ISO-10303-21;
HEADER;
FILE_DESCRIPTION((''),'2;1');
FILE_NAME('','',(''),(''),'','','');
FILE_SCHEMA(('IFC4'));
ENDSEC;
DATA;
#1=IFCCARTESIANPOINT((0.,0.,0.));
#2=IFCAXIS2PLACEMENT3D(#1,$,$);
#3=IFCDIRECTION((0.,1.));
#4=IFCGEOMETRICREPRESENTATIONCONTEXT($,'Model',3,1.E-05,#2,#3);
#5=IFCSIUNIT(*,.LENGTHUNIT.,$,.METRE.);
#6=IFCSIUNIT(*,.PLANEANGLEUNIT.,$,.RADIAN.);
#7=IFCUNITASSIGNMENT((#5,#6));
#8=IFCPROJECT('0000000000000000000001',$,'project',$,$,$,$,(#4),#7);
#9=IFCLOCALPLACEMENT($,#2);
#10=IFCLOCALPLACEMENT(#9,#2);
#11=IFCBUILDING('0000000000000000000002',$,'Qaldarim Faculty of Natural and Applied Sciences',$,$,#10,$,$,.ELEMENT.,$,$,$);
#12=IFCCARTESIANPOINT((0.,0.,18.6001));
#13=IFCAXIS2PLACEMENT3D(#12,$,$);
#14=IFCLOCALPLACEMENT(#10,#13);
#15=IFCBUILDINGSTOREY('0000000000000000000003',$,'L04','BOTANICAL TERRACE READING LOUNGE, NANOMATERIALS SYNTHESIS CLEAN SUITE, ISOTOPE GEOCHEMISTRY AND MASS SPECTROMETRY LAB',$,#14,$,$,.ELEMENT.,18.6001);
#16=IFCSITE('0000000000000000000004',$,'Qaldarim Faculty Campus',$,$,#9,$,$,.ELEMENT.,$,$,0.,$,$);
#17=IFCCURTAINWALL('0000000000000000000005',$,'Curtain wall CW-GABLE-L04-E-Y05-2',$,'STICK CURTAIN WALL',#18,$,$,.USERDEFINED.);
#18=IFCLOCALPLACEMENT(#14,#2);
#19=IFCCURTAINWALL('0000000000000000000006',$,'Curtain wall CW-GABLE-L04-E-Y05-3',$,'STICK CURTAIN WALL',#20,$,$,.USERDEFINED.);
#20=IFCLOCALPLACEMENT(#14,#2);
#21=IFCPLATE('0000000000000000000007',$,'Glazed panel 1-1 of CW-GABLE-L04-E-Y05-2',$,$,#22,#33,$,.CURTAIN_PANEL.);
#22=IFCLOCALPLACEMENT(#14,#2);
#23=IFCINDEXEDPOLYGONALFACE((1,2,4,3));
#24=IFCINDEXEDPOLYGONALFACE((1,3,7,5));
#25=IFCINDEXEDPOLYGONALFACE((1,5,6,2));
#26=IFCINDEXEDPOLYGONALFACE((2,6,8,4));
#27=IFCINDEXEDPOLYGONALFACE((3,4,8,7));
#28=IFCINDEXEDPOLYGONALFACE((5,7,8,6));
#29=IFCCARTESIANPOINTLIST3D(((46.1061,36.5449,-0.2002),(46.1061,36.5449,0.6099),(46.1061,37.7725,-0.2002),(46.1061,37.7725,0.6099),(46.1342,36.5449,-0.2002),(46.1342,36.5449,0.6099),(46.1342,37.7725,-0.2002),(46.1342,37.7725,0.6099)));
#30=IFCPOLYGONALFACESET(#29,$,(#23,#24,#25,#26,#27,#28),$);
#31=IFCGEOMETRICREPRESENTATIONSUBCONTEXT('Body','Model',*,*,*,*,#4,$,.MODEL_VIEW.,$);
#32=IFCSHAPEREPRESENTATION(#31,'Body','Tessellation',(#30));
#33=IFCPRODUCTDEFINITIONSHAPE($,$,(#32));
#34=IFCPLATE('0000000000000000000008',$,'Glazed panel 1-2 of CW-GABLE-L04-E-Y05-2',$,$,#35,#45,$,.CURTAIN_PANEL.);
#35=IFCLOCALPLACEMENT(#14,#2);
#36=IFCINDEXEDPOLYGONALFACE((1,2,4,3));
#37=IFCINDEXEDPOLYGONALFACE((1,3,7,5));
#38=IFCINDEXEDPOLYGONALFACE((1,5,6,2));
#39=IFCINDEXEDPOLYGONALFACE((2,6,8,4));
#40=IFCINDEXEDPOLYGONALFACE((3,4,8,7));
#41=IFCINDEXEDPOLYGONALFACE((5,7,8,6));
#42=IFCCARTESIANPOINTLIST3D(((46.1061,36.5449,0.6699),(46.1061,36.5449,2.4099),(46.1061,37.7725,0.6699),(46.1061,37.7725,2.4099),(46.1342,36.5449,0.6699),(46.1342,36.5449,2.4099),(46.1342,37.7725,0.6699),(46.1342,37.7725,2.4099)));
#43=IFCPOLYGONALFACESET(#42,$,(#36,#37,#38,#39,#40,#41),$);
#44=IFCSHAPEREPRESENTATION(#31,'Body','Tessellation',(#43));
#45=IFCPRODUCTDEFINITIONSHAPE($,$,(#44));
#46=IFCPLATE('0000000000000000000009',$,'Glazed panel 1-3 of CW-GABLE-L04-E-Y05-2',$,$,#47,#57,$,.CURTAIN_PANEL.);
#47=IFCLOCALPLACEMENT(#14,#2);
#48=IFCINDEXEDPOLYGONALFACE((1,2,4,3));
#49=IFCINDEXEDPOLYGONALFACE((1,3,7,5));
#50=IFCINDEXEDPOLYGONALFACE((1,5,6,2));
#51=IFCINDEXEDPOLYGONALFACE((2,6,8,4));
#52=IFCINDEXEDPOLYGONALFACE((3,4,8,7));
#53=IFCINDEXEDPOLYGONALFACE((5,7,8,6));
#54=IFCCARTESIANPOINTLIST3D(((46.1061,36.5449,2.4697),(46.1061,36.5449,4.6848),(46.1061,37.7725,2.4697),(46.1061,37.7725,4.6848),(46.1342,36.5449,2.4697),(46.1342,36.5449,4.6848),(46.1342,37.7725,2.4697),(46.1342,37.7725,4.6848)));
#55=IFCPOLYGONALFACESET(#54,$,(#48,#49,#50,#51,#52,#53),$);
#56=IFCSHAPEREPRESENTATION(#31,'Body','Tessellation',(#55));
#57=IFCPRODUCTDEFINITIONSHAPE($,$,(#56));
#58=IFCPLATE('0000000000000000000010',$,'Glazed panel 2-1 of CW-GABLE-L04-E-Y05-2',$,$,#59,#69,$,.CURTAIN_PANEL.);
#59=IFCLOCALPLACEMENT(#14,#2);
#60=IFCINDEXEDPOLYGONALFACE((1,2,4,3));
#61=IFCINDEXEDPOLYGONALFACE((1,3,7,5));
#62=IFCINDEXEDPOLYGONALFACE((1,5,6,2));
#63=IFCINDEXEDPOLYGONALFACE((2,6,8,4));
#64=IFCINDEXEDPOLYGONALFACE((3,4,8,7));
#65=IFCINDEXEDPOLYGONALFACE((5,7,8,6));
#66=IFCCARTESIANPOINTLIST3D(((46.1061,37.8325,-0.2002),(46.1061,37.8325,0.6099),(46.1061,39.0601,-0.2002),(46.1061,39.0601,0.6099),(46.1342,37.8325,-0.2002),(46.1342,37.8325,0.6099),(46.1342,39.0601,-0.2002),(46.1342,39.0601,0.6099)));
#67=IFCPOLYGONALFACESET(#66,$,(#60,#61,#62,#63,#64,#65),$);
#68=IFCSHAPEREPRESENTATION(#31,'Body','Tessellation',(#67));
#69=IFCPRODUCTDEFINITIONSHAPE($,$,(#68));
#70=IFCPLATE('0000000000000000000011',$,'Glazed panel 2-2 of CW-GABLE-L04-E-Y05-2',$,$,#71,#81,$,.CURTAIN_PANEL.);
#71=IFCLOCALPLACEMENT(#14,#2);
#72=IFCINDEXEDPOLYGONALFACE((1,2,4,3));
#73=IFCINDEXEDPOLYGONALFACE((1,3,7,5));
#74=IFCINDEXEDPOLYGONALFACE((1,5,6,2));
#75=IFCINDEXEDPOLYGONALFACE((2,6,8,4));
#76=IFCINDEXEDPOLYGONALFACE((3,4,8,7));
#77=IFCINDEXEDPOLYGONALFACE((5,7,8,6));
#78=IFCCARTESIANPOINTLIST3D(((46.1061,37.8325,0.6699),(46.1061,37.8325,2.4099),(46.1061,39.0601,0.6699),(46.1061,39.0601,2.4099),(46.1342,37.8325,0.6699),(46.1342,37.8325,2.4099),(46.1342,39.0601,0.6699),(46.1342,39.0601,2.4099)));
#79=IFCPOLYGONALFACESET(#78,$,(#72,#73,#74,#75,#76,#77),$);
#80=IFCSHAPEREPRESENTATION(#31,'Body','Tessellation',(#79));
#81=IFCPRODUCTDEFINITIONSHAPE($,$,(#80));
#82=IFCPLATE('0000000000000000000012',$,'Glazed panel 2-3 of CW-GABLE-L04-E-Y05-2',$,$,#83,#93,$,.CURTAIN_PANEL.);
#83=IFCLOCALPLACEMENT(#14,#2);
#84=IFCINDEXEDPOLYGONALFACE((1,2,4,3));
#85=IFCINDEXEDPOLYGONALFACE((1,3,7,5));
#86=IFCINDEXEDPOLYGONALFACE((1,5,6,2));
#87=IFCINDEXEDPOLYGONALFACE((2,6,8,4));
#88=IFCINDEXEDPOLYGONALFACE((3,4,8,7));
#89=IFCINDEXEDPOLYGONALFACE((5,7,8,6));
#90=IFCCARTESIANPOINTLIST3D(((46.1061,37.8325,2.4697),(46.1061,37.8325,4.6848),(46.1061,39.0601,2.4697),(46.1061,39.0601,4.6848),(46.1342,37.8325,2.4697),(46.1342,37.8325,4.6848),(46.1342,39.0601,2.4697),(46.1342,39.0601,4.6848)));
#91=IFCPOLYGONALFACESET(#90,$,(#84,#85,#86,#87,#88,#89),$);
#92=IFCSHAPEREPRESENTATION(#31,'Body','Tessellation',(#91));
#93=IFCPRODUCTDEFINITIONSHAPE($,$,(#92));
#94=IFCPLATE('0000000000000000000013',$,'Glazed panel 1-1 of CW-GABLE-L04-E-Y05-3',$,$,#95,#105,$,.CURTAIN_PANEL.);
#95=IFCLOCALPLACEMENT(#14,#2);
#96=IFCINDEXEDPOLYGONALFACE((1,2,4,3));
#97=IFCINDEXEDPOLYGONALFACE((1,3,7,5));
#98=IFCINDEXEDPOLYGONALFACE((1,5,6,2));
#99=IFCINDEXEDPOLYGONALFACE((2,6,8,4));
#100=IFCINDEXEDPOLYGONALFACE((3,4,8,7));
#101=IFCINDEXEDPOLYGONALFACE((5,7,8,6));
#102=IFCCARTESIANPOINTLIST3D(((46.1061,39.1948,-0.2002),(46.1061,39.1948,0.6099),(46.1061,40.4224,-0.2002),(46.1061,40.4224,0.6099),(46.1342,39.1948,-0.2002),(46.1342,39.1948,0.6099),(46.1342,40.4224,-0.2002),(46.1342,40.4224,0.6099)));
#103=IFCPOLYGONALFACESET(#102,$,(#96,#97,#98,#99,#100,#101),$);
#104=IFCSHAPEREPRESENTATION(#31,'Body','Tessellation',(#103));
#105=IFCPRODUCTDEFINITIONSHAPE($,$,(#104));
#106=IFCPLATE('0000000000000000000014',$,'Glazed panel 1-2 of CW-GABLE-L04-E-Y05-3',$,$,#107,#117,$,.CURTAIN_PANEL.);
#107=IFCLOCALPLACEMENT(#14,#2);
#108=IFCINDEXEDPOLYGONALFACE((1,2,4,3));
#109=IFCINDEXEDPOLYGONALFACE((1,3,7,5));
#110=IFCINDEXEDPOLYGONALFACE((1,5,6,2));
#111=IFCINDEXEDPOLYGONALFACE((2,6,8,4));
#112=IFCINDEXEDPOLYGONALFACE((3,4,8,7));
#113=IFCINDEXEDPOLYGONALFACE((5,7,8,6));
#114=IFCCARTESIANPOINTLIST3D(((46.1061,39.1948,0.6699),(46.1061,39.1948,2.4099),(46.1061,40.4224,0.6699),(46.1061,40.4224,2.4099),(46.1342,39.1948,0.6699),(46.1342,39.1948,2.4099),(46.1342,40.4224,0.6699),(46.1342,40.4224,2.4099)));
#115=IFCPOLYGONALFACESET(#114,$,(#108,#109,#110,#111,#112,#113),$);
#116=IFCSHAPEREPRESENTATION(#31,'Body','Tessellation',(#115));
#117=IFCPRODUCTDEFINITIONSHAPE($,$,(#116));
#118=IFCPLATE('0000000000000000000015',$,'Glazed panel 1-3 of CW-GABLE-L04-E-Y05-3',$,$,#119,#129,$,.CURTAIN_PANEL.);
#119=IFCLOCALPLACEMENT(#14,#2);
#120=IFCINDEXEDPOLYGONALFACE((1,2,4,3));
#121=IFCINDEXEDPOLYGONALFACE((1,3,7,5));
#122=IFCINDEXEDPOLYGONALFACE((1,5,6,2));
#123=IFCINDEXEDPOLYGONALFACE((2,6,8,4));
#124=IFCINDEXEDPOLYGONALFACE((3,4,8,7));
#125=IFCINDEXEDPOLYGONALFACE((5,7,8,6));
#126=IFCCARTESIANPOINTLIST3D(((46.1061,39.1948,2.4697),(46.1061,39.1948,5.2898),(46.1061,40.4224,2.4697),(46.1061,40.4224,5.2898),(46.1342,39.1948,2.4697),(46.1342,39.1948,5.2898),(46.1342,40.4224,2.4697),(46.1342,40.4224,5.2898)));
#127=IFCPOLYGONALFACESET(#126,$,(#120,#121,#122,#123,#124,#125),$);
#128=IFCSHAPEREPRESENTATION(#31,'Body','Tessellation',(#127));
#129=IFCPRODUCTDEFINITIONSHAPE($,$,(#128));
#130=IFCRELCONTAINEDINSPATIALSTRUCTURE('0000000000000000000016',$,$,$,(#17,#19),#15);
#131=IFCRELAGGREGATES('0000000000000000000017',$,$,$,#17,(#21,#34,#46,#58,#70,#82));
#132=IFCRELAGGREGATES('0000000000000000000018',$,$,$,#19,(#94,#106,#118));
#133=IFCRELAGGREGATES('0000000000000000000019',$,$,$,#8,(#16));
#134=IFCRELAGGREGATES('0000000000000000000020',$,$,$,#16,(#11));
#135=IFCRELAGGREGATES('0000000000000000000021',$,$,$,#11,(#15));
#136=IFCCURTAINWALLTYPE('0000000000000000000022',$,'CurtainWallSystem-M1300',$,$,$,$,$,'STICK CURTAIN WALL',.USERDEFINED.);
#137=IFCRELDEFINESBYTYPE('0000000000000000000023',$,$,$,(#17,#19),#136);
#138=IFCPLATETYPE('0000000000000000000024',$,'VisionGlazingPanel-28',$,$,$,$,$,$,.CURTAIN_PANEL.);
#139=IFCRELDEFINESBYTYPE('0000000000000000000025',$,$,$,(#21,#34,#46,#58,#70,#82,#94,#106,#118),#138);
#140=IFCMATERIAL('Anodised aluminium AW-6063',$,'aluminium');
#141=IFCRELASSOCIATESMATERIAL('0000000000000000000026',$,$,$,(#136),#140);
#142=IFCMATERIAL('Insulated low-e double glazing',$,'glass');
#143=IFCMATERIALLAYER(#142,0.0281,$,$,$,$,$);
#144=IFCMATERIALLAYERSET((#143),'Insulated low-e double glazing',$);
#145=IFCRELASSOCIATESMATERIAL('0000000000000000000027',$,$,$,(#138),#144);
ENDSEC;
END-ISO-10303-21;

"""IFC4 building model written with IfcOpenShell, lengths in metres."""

from ifc_helpers import new_model, si_unit, direction, frame, origin, origin_2d, place, context, subcontext, project, spatial, rectangle, extrude, material, layer, layer_set, type_object, element, aggregate, save


model = new_model("IFC4")

# Units and contexts
model_context = context("Model", 3, precision=1e-05, world=origin(), true_north=direction((0.0, 1.0)))
body_context = subcontext(model_context, "Body", "Model", "MODEL_VIEW")
ifc_project = project(units=[si_unit("LENGTHUNIT", "METRE"), si_unit("PLANEANGLEUNIT", "RADIAN")], contexts=[model_context])

# Site, building, storey
site_placement = place(None, origin())
site = spatial("IfcSite", under=ifc_project, at=site_placement, Name="Qaldarim Faculty Campus", CompositionType="ELEMENT", RefElevation=0.0)
building_placement = place(site_placement, origin())
building = spatial("IfcBuilding", under=site, at=building_placement, Name="Qaldarim Faculty of Natural and Applied Sciences", CompositionType="ELEMENT")
storey_placement = place(building_placement, frame((0.0, 0.0, 18.6001)))
storey = spatial("IfcBuildingStorey", under=building, at=storey_placement, Name="L04", Description="BOTANICAL TERRACE READING LOUNGE, NANOMATERIALS SYNTHESIS CLEAN SUITE, ISOTOPE GEOCHEMISTRY AND MASS SPECTROMETRY LAB", CompositionType="ELEMENT", Elevation=18.6001)

# Curtain walls
ifc_material_1 = material(Name="Anodised aluminium AW-6063", Category="aluminium")
curtain_wall_type = type_object("IfcCurtainWallType", Name="CurtainWallSystem-M1300", ElementType="STICK CURTAIN WALL", PredefinedType="USERDEFINED", material=ifc_material_1)
curtain_wall_1_placement = place(storey_placement, origin())
curtain_wall_1 = element("IfcCurtainWall", 1, at=curtain_wall_1_placement, inside=storey, type_object=curtain_wall_type, Name="Curtain wall CW-GABLE-L04-E-Y05-2", ObjectType="STICK CURTAIN WALL", PredefinedType="USERDEFINED")
curtain_wall_2_placement = place(storey_placement, origin())
curtain_wall_2 = element("IfcCurtainWall", 2, at=curtain_wall_2_placement, inside=storey, type_object=curtain_wall_type, Name="Curtain wall CW-GABLE-L04-E-Y05-3", ObjectType="STICK CURTAIN WALL", PredefinedType="USERDEFINED")

# Plates
ifc_material_2 = material(Name="Insulated low-e double glazing", Category="glass")
ifc_layer = layer(ifc_material_2, 0.0281)
ifc_layer_set = layer_set([ifc_layer], Name="Insulated low-e double glazing")
plate_type = type_object("IfcPlateType", Name="VisionGlazingPanel-28", PredefinedType="CURTAIN_PANEL", material=ifc_layer_set)
plate_1_placement = place(storey_placement, frame((46.1201, 37.1587, -0.2002), z_axis=(0.0, 0.0, 1.0), x_axis=(0.0, 1.0, 0.0)))
plate_1 = element("IfcPlate", 3, at=plate_1_placement, type_object=plate_type, Name="Glazed panel 1-1 of CW-GABLE-L04-E-Y05-2", PredefinedType="CURTAIN_PANEL", context=body_context, shape_type="SweptSolid", body=[
    extrude(rectangle(XDim=1.2275, YDim=0.0281, at=origin_2d()), origin(), (0.0, 0.0, 1.0), 0.8101),
])
plate_2_placement = place(storey_placement, frame((46.1201, 37.1587, 0.6699), z_axis=(0.0, 0.0, 1.0), x_axis=(0.0, 1.0, 0.0)))
plate_2 = element("IfcPlate", 4, at=plate_2_placement, type_object=plate_type, Name="Glazed panel 1-2 of CW-GABLE-L04-E-Y05-2", PredefinedType="CURTAIN_PANEL", context=body_context, shape_type="SweptSolid", body=[
    extrude(rectangle(XDim=1.2275, YDim=0.0281, at=origin_2d()), origin(), (0.0, 0.0, 1.0), 1.74),
])
plate_3_placement = place(storey_placement, frame((46.1201, 37.1587, 2.4697), z_axis=(0.0, 0.0, 1.0), x_axis=(0.0, 1.0, 0.0)))
plate_3 = element("IfcPlate", 5, at=plate_3_placement, type_object=plate_type, Name="Glazed panel 1-3 of CW-GABLE-L04-E-Y05-2", PredefinedType="CURTAIN_PANEL", context=body_context, shape_type="SweptSolid", body=[
    extrude(rectangle(XDim=1.2275, YDim=0.0281, at=origin_2d()), origin(), (0.0, 0.0, 1.0), 2.2151),
])
plate_4_placement = place(storey_placement, frame((46.1201, 38.4463, -0.2002), z_axis=(0.0, 0.0, 1.0), x_axis=(0.0, 1.0, 0.0)))
plate_4 = element("IfcPlate", 6, at=plate_4_placement, type_object=plate_type, Name="Glazed panel 2-1 of CW-GABLE-L04-E-Y05-2", PredefinedType="CURTAIN_PANEL", context=body_context, shape_type="SweptSolid", body=[
    extrude(rectangle(XDim=1.2275, YDim=0.0281, at=origin_2d()), origin(), (0.0, 0.0, 1.0), 0.8101),
])
plate_5_placement = place(storey_placement, frame((46.1201, 38.4463, 0.6699), z_axis=(0.0, 0.0, 1.0), x_axis=(0.0, 1.0, 0.0)))
plate_5 = element("IfcPlate", 7, at=plate_5_placement, type_object=plate_type, Name="Glazed panel 2-2 of CW-GABLE-L04-E-Y05-2", PredefinedType="CURTAIN_PANEL", context=body_context, shape_type="SweptSolid", body=[
    extrude(rectangle(XDim=1.2275, YDim=0.0281, at=origin_2d()), origin(), (0.0, 0.0, 1.0), 1.74),
])
plate_6_placement = place(storey_placement, frame((46.1201, 38.4463, 2.4697), z_axis=(0.0, 0.0, 1.0), x_axis=(0.0, 1.0, 0.0)))
plate_6 = element("IfcPlate", 8, at=plate_6_placement, type_object=plate_type, Name="Glazed panel 2-3 of CW-GABLE-L04-E-Y05-2", PredefinedType="CURTAIN_PANEL", context=body_context, shape_type="SweptSolid", body=[
    extrude(rectangle(XDim=1.2275, YDim=0.0281, at=origin_2d()), origin(), (0.0, 0.0, 1.0), 2.2151),
])
aggregate(curtain_wall_1, [plate_1, plate_2, plate_3, plate_4, plate_5, plate_6])
plate_7_placement = place(storey_placement, frame((46.1201, 39.8086, -0.2002), z_axis=(0.0, 0.0, 1.0), x_axis=(0.0, 1.0, 0.0)))
plate_7 = element("IfcPlate", 9, at=plate_7_placement, type_object=plate_type, Name="Glazed panel 1-1 of CW-GABLE-L04-E-Y05-3", PredefinedType="CURTAIN_PANEL", context=body_context, shape_type="SweptSolid", body=[
    extrude(rectangle(XDim=1.2275, YDim=0.0281, at=origin_2d()), origin(), (0.0, 0.0, 1.0), 0.8101),
])
plate_8_placement = place(storey_placement, frame((46.1201, 39.8086, 0.6699), z_axis=(0.0, 0.0, 1.0), x_axis=(0.0, 1.0, 0.0)))
plate_8 = element("IfcPlate", 10, at=plate_8_placement, type_object=plate_type, Name="Glazed panel 1-2 of CW-GABLE-L04-E-Y05-3", PredefinedType="CURTAIN_PANEL", context=body_context, shape_type="SweptSolid", body=[
    extrude(rectangle(XDim=1.2275, YDim=0.0281, at=origin_2d()), origin(), (0.0, 0.0, 1.0), 1.74),
])
plate_9_placement = place(storey_placement, frame((46.1201, 39.8086, 2.4697), z_axis=(0.0, 0.0, 1.0), x_axis=(0.0, 1.0, 0.0)))
plate_9 = element("IfcPlate", 11, at=plate_9_placement, type_object=plate_type, Name="Glazed panel 1-3 of CW-GABLE-L04-E-Y05-3", PredefinedType="CURTAIN_PANEL", context=body_context, shape_type="SweptSolid", body=[
    extrude(rectangle(XDim=1.2275, YDim=0.0281, at=origin_2d()), origin(), (0.0, 0.0, 1.0), 2.8201),
])
aggregate(curtain_wall_2, [plate_7, plate_8, plate_9])

save(model, "model.ifc")
